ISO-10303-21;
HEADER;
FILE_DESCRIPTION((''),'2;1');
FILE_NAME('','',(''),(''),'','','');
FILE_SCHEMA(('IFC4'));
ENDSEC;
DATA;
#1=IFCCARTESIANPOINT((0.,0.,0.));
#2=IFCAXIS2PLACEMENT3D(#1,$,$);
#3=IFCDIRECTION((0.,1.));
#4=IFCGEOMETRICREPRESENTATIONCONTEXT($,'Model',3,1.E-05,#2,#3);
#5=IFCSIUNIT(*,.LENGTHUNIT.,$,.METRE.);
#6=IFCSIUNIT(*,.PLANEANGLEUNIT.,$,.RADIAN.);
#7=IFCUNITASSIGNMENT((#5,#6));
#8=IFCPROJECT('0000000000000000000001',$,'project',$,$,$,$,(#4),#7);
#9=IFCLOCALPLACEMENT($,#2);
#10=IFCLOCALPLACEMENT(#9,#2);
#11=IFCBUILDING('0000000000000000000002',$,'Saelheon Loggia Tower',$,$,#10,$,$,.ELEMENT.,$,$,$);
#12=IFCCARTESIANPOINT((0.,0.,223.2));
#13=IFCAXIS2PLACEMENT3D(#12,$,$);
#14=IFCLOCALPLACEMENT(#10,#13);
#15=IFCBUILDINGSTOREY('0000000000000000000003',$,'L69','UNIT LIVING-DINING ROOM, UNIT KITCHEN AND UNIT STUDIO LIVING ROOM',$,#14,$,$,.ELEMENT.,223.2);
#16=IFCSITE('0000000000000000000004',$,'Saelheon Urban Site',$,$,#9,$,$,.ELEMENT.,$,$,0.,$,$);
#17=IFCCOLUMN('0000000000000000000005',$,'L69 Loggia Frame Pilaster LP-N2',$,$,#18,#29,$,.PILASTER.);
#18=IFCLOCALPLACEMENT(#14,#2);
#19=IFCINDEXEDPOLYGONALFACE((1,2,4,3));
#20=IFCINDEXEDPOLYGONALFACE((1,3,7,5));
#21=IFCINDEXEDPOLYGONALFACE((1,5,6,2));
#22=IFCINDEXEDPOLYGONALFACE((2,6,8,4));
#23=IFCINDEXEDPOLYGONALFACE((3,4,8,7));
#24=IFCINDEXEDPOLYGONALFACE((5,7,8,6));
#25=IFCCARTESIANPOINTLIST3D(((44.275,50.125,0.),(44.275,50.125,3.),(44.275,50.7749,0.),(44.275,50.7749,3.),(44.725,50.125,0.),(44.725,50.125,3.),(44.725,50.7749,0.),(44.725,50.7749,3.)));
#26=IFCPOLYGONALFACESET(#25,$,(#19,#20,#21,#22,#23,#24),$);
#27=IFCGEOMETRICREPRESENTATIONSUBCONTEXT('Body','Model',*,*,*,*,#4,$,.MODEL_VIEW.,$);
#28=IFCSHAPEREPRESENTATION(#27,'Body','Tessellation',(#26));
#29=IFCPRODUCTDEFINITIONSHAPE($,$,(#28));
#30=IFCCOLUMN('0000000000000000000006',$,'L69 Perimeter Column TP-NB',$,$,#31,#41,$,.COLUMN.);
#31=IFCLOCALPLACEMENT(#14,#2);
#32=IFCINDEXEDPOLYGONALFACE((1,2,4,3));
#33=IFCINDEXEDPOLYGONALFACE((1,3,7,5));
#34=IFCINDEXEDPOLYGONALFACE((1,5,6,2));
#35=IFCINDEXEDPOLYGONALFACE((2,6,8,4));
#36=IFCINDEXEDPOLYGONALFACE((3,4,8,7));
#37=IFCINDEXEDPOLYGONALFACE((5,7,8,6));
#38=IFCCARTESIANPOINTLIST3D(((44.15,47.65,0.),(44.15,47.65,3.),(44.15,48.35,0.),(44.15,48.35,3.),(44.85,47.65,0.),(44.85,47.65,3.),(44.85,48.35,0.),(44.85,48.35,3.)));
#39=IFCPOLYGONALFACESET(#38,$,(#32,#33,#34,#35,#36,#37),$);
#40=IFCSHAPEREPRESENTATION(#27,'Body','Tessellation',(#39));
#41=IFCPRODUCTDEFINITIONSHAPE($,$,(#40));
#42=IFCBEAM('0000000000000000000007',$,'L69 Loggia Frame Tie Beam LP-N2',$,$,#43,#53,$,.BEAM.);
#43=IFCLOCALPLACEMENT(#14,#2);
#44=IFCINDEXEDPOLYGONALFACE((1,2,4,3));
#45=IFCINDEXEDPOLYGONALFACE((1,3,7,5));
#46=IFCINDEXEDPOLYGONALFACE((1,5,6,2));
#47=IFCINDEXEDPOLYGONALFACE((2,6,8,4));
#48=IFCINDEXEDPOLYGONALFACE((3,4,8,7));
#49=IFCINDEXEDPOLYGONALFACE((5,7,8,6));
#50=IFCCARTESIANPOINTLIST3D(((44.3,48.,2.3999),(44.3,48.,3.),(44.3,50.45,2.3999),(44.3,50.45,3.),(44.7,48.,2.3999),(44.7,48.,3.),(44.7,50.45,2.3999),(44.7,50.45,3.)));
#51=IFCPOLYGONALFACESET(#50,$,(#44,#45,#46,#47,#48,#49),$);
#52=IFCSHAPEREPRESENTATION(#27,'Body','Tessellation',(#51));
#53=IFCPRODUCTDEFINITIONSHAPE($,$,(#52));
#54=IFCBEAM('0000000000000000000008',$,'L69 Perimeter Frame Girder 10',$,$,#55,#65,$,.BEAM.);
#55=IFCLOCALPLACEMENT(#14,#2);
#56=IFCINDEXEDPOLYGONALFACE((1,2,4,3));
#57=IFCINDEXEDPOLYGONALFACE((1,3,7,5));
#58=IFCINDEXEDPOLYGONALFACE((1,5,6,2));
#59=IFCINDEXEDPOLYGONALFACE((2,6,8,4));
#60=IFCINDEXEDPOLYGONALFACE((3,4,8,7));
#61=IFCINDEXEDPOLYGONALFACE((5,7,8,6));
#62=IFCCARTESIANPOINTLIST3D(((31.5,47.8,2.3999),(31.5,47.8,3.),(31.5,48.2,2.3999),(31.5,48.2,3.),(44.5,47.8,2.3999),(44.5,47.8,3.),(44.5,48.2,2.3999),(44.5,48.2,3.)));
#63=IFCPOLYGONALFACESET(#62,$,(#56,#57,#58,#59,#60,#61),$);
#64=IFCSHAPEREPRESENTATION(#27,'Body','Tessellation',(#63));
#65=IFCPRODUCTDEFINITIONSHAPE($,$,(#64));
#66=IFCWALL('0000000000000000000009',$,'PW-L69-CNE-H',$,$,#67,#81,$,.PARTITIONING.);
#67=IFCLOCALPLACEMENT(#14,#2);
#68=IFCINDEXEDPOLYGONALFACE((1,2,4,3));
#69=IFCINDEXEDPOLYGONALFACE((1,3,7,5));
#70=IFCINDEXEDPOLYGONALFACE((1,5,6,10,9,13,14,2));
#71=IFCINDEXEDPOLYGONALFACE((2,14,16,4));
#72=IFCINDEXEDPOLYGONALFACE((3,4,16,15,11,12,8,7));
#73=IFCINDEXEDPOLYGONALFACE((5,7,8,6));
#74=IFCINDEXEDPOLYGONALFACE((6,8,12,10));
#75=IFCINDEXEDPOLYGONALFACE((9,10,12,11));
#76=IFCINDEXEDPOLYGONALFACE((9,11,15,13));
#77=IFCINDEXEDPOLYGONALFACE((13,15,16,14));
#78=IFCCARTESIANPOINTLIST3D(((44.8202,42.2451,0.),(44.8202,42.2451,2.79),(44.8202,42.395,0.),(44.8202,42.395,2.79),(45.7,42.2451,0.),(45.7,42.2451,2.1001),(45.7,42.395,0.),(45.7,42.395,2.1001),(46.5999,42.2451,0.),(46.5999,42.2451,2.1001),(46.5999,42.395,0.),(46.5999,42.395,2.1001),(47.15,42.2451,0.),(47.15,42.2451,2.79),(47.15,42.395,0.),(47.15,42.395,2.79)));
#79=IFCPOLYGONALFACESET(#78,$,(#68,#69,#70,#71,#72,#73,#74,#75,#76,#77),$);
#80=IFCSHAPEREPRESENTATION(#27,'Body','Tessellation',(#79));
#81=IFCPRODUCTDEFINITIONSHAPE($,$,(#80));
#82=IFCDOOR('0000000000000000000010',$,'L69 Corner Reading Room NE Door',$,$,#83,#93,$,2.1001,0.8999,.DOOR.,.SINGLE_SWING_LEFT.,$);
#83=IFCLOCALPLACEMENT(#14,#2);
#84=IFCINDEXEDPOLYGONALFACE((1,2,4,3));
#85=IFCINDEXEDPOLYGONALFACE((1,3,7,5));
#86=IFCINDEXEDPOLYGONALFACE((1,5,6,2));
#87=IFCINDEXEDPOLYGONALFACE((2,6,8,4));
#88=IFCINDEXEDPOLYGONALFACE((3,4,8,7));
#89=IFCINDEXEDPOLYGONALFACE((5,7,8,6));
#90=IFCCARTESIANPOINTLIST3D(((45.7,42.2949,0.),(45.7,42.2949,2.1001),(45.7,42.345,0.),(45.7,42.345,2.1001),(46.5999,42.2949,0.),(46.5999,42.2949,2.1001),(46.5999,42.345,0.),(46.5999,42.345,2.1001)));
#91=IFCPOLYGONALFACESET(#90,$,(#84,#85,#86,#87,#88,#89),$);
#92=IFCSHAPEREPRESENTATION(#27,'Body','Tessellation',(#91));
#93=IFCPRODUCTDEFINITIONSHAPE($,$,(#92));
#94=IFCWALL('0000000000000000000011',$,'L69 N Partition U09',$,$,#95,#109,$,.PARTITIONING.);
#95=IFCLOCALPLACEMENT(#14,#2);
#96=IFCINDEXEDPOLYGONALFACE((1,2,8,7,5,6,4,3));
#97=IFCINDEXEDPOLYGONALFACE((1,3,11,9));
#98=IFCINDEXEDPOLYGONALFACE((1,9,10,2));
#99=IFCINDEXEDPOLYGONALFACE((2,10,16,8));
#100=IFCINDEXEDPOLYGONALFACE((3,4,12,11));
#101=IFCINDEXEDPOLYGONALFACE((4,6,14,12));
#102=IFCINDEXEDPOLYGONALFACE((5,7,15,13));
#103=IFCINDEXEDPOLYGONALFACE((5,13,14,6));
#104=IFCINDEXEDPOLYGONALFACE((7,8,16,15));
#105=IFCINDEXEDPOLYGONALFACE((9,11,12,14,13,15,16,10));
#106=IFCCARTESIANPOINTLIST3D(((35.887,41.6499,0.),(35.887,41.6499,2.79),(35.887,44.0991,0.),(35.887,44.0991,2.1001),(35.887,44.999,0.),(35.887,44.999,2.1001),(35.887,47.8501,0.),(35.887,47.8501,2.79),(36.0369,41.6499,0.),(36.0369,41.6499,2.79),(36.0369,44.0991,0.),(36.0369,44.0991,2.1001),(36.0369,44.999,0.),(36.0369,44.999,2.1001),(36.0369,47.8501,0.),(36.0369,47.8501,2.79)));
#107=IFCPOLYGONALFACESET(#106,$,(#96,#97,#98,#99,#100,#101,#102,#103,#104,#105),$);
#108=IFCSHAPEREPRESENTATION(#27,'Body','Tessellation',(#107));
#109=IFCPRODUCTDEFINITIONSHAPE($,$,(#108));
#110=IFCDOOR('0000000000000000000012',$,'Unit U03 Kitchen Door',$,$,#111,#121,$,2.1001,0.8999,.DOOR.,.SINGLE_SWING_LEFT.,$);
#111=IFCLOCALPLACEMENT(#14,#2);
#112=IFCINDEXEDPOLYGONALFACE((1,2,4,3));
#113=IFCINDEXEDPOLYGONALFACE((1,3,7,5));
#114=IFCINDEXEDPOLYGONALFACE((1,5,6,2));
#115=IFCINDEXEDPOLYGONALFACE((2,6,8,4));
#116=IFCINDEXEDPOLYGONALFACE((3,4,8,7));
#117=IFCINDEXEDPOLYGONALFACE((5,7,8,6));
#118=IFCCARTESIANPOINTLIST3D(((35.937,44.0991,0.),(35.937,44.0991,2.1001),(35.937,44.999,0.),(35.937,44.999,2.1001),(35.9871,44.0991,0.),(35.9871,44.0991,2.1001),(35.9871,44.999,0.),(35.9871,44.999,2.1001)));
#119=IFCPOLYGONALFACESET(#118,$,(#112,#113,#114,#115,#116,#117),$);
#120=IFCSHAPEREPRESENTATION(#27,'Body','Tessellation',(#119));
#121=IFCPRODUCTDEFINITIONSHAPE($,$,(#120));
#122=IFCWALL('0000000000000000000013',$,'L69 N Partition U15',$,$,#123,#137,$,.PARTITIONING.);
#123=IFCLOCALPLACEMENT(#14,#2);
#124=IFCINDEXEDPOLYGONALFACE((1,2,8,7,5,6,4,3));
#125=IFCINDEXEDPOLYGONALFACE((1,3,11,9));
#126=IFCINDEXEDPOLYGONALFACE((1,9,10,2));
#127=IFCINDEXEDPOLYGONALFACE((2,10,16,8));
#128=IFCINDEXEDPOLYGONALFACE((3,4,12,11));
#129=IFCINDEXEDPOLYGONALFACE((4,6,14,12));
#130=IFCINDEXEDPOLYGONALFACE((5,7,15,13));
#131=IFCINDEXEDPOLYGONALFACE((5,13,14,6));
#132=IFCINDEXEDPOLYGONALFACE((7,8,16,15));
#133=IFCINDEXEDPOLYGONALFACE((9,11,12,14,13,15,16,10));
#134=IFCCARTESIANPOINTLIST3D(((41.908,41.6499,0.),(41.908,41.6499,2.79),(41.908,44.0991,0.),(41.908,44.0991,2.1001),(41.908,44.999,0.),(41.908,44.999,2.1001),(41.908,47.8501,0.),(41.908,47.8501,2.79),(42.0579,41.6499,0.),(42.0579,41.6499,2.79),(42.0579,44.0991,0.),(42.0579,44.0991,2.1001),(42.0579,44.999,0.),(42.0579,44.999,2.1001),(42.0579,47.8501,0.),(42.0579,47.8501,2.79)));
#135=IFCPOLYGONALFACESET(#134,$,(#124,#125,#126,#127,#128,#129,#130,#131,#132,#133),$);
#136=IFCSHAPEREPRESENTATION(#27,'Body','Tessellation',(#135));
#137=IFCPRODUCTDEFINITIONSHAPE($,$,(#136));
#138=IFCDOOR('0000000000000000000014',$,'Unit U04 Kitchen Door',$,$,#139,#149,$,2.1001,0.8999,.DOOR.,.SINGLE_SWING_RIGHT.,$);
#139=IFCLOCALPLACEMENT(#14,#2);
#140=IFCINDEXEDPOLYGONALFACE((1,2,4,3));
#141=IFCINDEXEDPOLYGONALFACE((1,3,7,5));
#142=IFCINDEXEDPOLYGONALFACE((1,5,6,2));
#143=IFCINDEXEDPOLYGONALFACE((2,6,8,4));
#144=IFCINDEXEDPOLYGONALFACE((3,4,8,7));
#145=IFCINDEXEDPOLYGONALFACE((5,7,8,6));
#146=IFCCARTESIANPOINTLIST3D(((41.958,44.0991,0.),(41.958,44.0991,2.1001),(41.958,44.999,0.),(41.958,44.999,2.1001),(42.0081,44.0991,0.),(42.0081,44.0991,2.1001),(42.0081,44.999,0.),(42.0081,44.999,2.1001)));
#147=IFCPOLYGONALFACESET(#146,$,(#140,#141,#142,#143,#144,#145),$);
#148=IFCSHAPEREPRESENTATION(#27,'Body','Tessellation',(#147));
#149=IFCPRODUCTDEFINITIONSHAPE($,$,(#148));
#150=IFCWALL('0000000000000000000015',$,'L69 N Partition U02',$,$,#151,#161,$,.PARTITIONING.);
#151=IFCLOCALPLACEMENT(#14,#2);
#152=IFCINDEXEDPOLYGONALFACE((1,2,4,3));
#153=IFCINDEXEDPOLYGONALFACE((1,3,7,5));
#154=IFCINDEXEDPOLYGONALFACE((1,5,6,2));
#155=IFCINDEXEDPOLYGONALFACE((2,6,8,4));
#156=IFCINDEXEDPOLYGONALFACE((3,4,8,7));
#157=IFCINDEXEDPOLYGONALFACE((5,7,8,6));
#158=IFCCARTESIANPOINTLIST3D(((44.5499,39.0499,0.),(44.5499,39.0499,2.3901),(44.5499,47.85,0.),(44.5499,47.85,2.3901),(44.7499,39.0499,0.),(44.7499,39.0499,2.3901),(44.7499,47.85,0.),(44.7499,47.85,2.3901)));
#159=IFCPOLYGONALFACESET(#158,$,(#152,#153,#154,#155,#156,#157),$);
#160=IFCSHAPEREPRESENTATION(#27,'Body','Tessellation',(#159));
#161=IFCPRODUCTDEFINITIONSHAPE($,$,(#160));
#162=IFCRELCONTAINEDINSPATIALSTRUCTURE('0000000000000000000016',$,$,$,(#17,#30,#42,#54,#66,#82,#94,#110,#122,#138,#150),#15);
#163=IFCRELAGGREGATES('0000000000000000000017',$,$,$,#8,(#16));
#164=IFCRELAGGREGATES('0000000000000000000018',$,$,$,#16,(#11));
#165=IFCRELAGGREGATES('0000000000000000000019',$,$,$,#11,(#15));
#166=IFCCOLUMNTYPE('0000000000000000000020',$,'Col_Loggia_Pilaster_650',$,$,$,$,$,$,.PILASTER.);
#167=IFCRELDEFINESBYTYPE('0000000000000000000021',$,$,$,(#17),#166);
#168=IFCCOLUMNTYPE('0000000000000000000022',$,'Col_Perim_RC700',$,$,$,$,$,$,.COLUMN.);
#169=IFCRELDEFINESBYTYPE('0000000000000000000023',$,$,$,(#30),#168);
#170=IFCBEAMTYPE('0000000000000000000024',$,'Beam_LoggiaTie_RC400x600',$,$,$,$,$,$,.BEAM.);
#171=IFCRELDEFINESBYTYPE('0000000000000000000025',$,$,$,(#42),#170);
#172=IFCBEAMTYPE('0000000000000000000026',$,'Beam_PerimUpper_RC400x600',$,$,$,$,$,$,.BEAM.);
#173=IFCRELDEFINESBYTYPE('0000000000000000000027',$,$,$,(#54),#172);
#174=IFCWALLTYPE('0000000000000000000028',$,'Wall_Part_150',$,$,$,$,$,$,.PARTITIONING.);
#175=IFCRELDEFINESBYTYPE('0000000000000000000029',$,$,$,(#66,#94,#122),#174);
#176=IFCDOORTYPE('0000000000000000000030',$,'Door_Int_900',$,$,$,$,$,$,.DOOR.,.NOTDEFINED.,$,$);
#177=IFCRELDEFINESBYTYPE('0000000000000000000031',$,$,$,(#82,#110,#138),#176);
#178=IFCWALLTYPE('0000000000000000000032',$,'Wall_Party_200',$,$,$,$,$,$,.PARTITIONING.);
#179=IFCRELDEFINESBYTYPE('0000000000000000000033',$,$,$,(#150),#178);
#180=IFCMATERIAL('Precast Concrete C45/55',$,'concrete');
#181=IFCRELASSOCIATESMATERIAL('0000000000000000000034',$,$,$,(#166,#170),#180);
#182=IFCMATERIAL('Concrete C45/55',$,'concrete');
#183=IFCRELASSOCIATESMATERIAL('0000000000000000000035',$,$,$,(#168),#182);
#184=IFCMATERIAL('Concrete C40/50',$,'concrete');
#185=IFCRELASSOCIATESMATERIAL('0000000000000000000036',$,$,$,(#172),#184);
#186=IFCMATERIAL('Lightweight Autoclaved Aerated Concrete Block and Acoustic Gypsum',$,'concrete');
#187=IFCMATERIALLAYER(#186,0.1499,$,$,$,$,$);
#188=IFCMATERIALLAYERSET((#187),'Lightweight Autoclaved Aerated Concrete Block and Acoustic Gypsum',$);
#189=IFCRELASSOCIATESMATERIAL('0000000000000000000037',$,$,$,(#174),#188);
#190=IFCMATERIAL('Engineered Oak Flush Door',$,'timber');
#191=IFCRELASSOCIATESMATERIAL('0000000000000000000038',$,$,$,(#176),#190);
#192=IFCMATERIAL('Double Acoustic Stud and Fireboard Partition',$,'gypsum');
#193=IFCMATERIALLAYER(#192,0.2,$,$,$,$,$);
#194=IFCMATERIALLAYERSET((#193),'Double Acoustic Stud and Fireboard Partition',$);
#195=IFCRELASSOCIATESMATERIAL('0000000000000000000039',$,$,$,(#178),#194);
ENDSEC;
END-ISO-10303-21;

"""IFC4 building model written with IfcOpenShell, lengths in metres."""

from ifc_helpers import new_model, si_unit, direction, frame, frame_2d, origin, origin_2d, place, context, subcontext, project, spatial, rectangle, extrude, source, transform, mapped, material, layer, layer_set, material_profile, profile_set, type_object, element, fill, save


model = new_model("IFC4")

# Units and contexts
model_context = context("Model", 3, precision=1e-05, world=origin(), true_north=direction((0.0, 1.0)))
body_context = subcontext(model_context, "Body", "Model", "MODEL_VIEW")
ifc_project = project(units=[si_unit("LENGTHUNIT", "METRE"), si_unit("PLANEANGLEUNIT", "RADIAN")], contexts=[model_context])

# Site, building, storey
site_placement = place(None, origin())
site = spatial("IfcSite", under=ifc_project, at=site_placement, Name="Saelheon Urban Site", CompositionType="ELEMENT", RefElevation=0.0)
building_placement = place(site_placement, origin())
building = spatial("IfcBuilding", under=site, at=building_placement, Name="Saelheon Loggia Tower", CompositionType="ELEMENT")
storey_placement = place(building_placement, frame((0.0, 0.0, 223.2)))
storey = spatial("IfcBuildingStorey", under=building, at=storey_placement, Name="L69", Description="UNIT LIVING-DINING ROOM, UNIT KITCHEN AND UNIT STUDIO LIVING ROOM", CompositionType="ELEMENT", Elevation=223.2)

# Columns
ifc_material_1 = material(Name="Precast Concrete C45/55", Category="concrete")
ifc_material_profile_1 = material_profile(ifc_material_1, rectangle(XDim=0.45, YDim=0.6499, at=origin_2d()), Name="RC-450x650")
ifc_profile_set_1 = profile_set([ifc_material_profile_1], Name="Precast Concrete C45/55")
column_type_1 = type_object("IfcColumnType", Name="Col_Loggia_Pilaster_650", PredefinedType="PILASTER", material=ifc_profile_set_1)
shared_shape_1 = source(origin(), body_context, "Body", "SweptSolid", [
    extrude(rectangle(XDim=0.45, YDim=0.6499, at=origin_2d()), origin(), (0.0, 0.0, 1.0), 3.0),
])
column_1_placement = place(storey_placement, frame((44.5, 50.45, 0.0), z_axis=(0.0, 0.0, 1.0), x_axis=(1.0, 0.0, 0.0)))
element("IfcColumn", 1, at=column_1_placement, inside=storey, type_object=column_type_1, Name="L69 Loggia Frame Pilaster LP-N2", PredefinedType="PILASTER", context=body_context, shape_type="MappedRepresentation", body=[
    mapped(shared_shape_1, transform((0.0, 0.0, 0.0), scale=1.0)),
])
ifc_material_2 = material(Name="Concrete C45/55", Category="concrete")
ifc_material_profile_2 = material_profile(ifc_material_2, rectangle(XDim=0.7, YDim=0.7, at=origin_2d()), Name="RC-700x700")
ifc_profile_set_2 = profile_set([ifc_material_profile_2], Name="Concrete C45/55")
column_type_2 = type_object("IfcColumnType", Name="Col_Perim_RC700", PredefinedType="COLUMN", material=ifc_profile_set_2)
shared_shape_2 = source(origin(), body_context, "Body", "SweptSolid", [
    extrude(rectangle(XDim=0.7, YDim=0.7, at=origin_2d()), origin(), (0.0, 0.0, 1.0), 3.0),
])
column_2_placement = place(storey_placement, frame((44.5, 48.0, 0.0), z_axis=(0.0, 0.0, 1.0), x_axis=(1.0, 0.0, 0.0)))
element("IfcColumn", 2, at=column_2_placement, inside=storey, type_object=column_type_2, Name="L69 Perimeter Column TP-NB", PredefinedType="COLUMN", context=body_context, shape_type="MappedRepresentation", body=[
    mapped(shared_shape_2, transform((0.0, 0.0, 0.0), scale=1.0)),
])

# Beams
ifc_material_profile_3 = material_profile(ifc_material_1, rectangle(XDim=0.3999, YDim=0.6001, at=origin_2d()), Name="RC-400x600")
ifc_profile_set_3 = profile_set([ifc_material_profile_3], Name="Precast Concrete C45/55")
beam_type_1 = type_object("IfcBeamType", Name="Beam_LoggiaTie_RC400x600", PredefinedType="BEAM", material=ifc_profile_set_3)
shared_shape_3 = source(origin(), body_context, "Body", "SweptSolid", [
    extrude(rectangle(XDim=0.3999, YDim=0.6001, at=origin_2d()), origin(), (0.0, 0.0, 1.0), 2.45),
])
beam_1_placement = place(storey_placement, frame((44.5, 48.0, 2.7), z_axis=(0.0, 1.0, 0.0), x_axis=(-1.0, 0.0, 0.0)))
element("IfcBeam", 3, at=beam_1_placement, inside=storey, type_object=beam_type_1, Name="L69 Loggia Frame Tie Beam LP-N2", PredefinedType="BEAM", context=body_context, shape_type="MappedRepresentation", body=[
    mapped(shared_shape_3, transform((0.0, 0.0, 0.0), scale=1.0)),
])
ifc_material_3 = material(Name="Concrete C40/50", Category="concrete")
ifc_material_profile_4 = material_profile(ifc_material_3, rectangle(XDim=0.3999, YDim=0.6001, at=origin_2d()), Name="RC-400x600")
ifc_profile_set_4 = profile_set([ifc_material_profile_4], Name="Concrete C40/50")
beam_type_2 = type_object("IfcBeamType", Name="Beam_PerimUpper_RC400x600", PredefinedType="BEAM", material=ifc_profile_set_4)
shared_shape_4 = source(origin(), body_context, "Body", "SweptSolid", [
    extrude(rectangle(XDim=0.3999, YDim=0.6001, at=origin_2d()), origin(), (0.0, 0.0, 1.0), 13.0),
])
beam_2_placement = place(storey_placement, frame((44.5, 48.0, 2.7), z_axis=(-1.0, 0.0, 0.0), x_axis=(0.0, -1.0, 0.0)))
element("IfcBeam", 4, at=beam_2_placement, inside=storey, type_object=beam_type_2, Name="L69 Perimeter Frame Girder 10", PredefinedType="BEAM", context=body_context, shape_type="MappedRepresentation", body=[
    mapped(shared_shape_4, transform((0.0, 0.0, 0.0), scale=1.0)),
])

# Walls, openings, doors
ifc_material_4 = material(Name="Lightweight Autoclaved Aerated Concrete Block and Acoustic Gypsum", Category="concrete")
ifc_layer_1 = layer(ifc_material_4, 0.1499)
ifc_layer_set_1 = layer_set([ifc_layer_1], Name="Lightweight Autoclaved Aerated Concrete Block and Acoustic Gypsum")
wall_type_1 = type_object("IfcWallType", Name="Wall_Part_150", PredefinedType="PARTITIONING", material=ifc_layer_set_1)
wall_1_placement = place(storey_placement, frame((44.8201, 42.3201, 0.0), z_axis=(0.0, 0.0, 1.0), x_axis=(1.0, 0.0, 0.0)))
wall_1 = element("IfcWall", 5, at=wall_1_placement, inside=storey, type_object=wall_type_1, Name="PW-L69-CNE-H", PredefinedType="PARTITIONING", context=body_context, shape_type="SweptSolid", body=[
    extrude(rectangle(XDim=2.3298, YDim=0.1499, at=frame_2d((1.165, 0.0))), origin(), (0.0, 0.0, 1.0), 2.79),
])
opening_1_placement = place(wall_1_placement, frame((0.8799, 0.0, 0.0)))
opening_1 = element("IfcOpeningElement", 6, at=opening_1_placement, cuts=wall_1, PredefinedType="OPENING", context=body_context, shape_type="SweptSolid", body=[
    extrude(rectangle(XDim=0.8999, YDim=2.1001, at=frame_2d((0.45, 1.05))), frame((0.0, 0.0869, 0.0), z_axis=(0.0, -1.0, 0.0), x_axis=(1.0, 0.0, 0.0)), (0.0, 0.0, 1.0), 0.1738),
])
ifc_material_5 = material(Name="Engineered Oak Flush Door", Category="timber")
door_type_1 = type_object("IfcDoorType", Name="Door_Int_900", OperationType="NOTDEFINED", PredefinedType="DOOR", material=ifc_material_5)
shared_shape_5 = source(origin(), body_context, "Body", "SweptSolid", [
    extrude(rectangle(XDim=0.8999, YDim=2.1001, at=frame_2d((0.45, 1.05))), frame((0.0, 0.0249, 0.0), z_axis=(0.0, -1.0, 0.0), x_axis=(1.0, 0.0, 0.0)), (0.0, 0.0, 1.0), 0.05),
])
door_1_placement = place(opening_1_placement, origin())
door_1 = element("IfcDoor", 7, at=door_1_placement, inside=storey, type_object=door_type_1, Name="L69 Corner Reading Room NE Door", OperationType="SINGLE_SWING_LEFT", OverallHeight=2.1001, OverallWidth=0.8999, PredefinedType="DOOR", context=body_context, shape_type="MappedRepresentation", body=[
    mapped(shared_shape_5, transform((0.0, 0.0, 0.0), scale=1.0)),
])
fill(opening_1, door_1)
wall_2_placement = place(storey_placement, frame((35.9619, 41.6499, 0.0), z_axis=(0.0, 0.0, 1.0), x_axis=(0.0, 1.0, 0.0)))
wall_2 = element("IfcWall", 8, at=wall_2_placement, inside=storey, type_object=wall_type_1, Name="L69 N Partition U09", PredefinedType="PARTITIONING", context=body_context, shape_type="SweptSolid", body=[
    extrude(rectangle(XDim=6.2002, YDim=0.1499, at=frame_2d((3.1001, 0.0))), origin(), (0.0, 0.0, 1.0), 2.79),
])
opening_2_placement = place(wall_2_placement, frame((2.4492, 0.0, 0.0)))
opening_2 = element("IfcOpeningElement", 9, at=opening_2_placement, cuts=wall_2, PredefinedType="OPENING", context=body_context, shape_type="SweptSolid", body=[
    extrude(rectangle(XDim=0.8999, YDim=2.1001, at=frame_2d((0.45, 1.05))), frame((0.0, 0.0869, 0.0), z_axis=(0.0, -1.0, 0.0), x_axis=(1.0, 0.0, 0.0)), (0.0, 0.0, 1.0), 0.1738),
])
door_2_placement = place(opening_2_placement, origin())
door_2 = element("IfcDoor", 10, at=door_2_placement, inside=storey, type_object=door_type_1, Name="Unit U03 Kitchen Door", OperationType="SINGLE_SWING_LEFT", OverallHeight=2.1001, OverallWidth=0.8999, PredefinedType="DOOR", context=body_context, shape_type="MappedRepresentation", body=[
    mapped(shared_shape_5, transform((0.0, 0.0, 0.0), scale=1.0)),
])
fill(opening_2, door_2)
wall_3_placement = place(storey_placement, frame((41.9829, 41.6499, 0.0), z_axis=(0.0, 0.0, 1.0), x_axis=(0.0, 1.0, 0.0)))
wall_3 = element("IfcWall", 11, at=wall_3_placement, inside=storey, type_object=wall_type_1, Name="L69 N Partition U15", PredefinedType="PARTITIONING", context=body_context, shape_type="SweptSolid", body=[
    extrude(rectangle(XDim=6.2002, YDim=0.1499, at=frame_2d((3.1001, 0.0))), origin(), (0.0, 0.0, 1.0), 2.79),
])
opening_3_placement = place(wall_3_placement, frame((2.4492, 0.0, 0.0)))
opening_3 = element("IfcOpeningElement", 12, at=opening_3_placement, cuts=wall_3, PredefinedType="OPENING", context=body_context, shape_type="SweptSolid", body=[
    extrude(rectangle(XDim=0.8999, YDim=2.1001, at=frame_2d((0.45, 1.05))), frame((0.0, 0.0869, 0.0), z_axis=(0.0, -1.0, 0.0), x_axis=(1.0, 0.0, 0.0)), (0.0, 0.0, 1.0), 0.1738),
])
door_3_placement = place(opening_3_placement, origin())
door_3 = element("IfcDoor", 13, at=door_3_placement, inside=storey, type_object=door_type_1, Name="Unit U04 Kitchen Door", OperationType="SINGLE_SWING_RIGHT", OverallHeight=2.1001, OverallWidth=0.8999, PredefinedType="DOOR", context=body_context, shape_type="MappedRepresentation", body=[
    mapped(shared_shape_5, transform((0.0, 0.0, 0.0), scale=1.0)),
])
fill(opening_3, door_3)

# Wall
ifc_material_6 = material(Name="Double Acoustic Stud and Fireboard Partition", Category="gypsum")
ifc_layer_2 = layer(ifc_material_6, 0.2)
ifc_layer_set_2 = layer_set([ifc_layer_2], Name="Double Acoustic Stud and Fireboard Partition")
wall_type_2 = type_object("IfcWallType", Name="Wall_Party_200", PredefinedType="PARTITIONING", material=ifc_layer_set_2)
wall_4_placement = place(storey_placement, frame((44.6499, 39.05, 0.0), z_axis=(0.0, 0.0, 1.0), x_axis=(0.0, 1.0, 0.0)))
element("IfcWall", 14, at=wall_4_placement, inside=storey, type_object=wall_type_2, Name="L69 N Partition U02", PredefinedType="PARTITIONING", context=body_context, shape_type="SweptSolid", body=[
    extrude(rectangle(XDim=8.8, YDim=0.2, at=frame_2d((4.3999, 0.0))), origin(), (0.0, 0.0, 1.0), 2.3901),
])

save(model, "model.ifc")
